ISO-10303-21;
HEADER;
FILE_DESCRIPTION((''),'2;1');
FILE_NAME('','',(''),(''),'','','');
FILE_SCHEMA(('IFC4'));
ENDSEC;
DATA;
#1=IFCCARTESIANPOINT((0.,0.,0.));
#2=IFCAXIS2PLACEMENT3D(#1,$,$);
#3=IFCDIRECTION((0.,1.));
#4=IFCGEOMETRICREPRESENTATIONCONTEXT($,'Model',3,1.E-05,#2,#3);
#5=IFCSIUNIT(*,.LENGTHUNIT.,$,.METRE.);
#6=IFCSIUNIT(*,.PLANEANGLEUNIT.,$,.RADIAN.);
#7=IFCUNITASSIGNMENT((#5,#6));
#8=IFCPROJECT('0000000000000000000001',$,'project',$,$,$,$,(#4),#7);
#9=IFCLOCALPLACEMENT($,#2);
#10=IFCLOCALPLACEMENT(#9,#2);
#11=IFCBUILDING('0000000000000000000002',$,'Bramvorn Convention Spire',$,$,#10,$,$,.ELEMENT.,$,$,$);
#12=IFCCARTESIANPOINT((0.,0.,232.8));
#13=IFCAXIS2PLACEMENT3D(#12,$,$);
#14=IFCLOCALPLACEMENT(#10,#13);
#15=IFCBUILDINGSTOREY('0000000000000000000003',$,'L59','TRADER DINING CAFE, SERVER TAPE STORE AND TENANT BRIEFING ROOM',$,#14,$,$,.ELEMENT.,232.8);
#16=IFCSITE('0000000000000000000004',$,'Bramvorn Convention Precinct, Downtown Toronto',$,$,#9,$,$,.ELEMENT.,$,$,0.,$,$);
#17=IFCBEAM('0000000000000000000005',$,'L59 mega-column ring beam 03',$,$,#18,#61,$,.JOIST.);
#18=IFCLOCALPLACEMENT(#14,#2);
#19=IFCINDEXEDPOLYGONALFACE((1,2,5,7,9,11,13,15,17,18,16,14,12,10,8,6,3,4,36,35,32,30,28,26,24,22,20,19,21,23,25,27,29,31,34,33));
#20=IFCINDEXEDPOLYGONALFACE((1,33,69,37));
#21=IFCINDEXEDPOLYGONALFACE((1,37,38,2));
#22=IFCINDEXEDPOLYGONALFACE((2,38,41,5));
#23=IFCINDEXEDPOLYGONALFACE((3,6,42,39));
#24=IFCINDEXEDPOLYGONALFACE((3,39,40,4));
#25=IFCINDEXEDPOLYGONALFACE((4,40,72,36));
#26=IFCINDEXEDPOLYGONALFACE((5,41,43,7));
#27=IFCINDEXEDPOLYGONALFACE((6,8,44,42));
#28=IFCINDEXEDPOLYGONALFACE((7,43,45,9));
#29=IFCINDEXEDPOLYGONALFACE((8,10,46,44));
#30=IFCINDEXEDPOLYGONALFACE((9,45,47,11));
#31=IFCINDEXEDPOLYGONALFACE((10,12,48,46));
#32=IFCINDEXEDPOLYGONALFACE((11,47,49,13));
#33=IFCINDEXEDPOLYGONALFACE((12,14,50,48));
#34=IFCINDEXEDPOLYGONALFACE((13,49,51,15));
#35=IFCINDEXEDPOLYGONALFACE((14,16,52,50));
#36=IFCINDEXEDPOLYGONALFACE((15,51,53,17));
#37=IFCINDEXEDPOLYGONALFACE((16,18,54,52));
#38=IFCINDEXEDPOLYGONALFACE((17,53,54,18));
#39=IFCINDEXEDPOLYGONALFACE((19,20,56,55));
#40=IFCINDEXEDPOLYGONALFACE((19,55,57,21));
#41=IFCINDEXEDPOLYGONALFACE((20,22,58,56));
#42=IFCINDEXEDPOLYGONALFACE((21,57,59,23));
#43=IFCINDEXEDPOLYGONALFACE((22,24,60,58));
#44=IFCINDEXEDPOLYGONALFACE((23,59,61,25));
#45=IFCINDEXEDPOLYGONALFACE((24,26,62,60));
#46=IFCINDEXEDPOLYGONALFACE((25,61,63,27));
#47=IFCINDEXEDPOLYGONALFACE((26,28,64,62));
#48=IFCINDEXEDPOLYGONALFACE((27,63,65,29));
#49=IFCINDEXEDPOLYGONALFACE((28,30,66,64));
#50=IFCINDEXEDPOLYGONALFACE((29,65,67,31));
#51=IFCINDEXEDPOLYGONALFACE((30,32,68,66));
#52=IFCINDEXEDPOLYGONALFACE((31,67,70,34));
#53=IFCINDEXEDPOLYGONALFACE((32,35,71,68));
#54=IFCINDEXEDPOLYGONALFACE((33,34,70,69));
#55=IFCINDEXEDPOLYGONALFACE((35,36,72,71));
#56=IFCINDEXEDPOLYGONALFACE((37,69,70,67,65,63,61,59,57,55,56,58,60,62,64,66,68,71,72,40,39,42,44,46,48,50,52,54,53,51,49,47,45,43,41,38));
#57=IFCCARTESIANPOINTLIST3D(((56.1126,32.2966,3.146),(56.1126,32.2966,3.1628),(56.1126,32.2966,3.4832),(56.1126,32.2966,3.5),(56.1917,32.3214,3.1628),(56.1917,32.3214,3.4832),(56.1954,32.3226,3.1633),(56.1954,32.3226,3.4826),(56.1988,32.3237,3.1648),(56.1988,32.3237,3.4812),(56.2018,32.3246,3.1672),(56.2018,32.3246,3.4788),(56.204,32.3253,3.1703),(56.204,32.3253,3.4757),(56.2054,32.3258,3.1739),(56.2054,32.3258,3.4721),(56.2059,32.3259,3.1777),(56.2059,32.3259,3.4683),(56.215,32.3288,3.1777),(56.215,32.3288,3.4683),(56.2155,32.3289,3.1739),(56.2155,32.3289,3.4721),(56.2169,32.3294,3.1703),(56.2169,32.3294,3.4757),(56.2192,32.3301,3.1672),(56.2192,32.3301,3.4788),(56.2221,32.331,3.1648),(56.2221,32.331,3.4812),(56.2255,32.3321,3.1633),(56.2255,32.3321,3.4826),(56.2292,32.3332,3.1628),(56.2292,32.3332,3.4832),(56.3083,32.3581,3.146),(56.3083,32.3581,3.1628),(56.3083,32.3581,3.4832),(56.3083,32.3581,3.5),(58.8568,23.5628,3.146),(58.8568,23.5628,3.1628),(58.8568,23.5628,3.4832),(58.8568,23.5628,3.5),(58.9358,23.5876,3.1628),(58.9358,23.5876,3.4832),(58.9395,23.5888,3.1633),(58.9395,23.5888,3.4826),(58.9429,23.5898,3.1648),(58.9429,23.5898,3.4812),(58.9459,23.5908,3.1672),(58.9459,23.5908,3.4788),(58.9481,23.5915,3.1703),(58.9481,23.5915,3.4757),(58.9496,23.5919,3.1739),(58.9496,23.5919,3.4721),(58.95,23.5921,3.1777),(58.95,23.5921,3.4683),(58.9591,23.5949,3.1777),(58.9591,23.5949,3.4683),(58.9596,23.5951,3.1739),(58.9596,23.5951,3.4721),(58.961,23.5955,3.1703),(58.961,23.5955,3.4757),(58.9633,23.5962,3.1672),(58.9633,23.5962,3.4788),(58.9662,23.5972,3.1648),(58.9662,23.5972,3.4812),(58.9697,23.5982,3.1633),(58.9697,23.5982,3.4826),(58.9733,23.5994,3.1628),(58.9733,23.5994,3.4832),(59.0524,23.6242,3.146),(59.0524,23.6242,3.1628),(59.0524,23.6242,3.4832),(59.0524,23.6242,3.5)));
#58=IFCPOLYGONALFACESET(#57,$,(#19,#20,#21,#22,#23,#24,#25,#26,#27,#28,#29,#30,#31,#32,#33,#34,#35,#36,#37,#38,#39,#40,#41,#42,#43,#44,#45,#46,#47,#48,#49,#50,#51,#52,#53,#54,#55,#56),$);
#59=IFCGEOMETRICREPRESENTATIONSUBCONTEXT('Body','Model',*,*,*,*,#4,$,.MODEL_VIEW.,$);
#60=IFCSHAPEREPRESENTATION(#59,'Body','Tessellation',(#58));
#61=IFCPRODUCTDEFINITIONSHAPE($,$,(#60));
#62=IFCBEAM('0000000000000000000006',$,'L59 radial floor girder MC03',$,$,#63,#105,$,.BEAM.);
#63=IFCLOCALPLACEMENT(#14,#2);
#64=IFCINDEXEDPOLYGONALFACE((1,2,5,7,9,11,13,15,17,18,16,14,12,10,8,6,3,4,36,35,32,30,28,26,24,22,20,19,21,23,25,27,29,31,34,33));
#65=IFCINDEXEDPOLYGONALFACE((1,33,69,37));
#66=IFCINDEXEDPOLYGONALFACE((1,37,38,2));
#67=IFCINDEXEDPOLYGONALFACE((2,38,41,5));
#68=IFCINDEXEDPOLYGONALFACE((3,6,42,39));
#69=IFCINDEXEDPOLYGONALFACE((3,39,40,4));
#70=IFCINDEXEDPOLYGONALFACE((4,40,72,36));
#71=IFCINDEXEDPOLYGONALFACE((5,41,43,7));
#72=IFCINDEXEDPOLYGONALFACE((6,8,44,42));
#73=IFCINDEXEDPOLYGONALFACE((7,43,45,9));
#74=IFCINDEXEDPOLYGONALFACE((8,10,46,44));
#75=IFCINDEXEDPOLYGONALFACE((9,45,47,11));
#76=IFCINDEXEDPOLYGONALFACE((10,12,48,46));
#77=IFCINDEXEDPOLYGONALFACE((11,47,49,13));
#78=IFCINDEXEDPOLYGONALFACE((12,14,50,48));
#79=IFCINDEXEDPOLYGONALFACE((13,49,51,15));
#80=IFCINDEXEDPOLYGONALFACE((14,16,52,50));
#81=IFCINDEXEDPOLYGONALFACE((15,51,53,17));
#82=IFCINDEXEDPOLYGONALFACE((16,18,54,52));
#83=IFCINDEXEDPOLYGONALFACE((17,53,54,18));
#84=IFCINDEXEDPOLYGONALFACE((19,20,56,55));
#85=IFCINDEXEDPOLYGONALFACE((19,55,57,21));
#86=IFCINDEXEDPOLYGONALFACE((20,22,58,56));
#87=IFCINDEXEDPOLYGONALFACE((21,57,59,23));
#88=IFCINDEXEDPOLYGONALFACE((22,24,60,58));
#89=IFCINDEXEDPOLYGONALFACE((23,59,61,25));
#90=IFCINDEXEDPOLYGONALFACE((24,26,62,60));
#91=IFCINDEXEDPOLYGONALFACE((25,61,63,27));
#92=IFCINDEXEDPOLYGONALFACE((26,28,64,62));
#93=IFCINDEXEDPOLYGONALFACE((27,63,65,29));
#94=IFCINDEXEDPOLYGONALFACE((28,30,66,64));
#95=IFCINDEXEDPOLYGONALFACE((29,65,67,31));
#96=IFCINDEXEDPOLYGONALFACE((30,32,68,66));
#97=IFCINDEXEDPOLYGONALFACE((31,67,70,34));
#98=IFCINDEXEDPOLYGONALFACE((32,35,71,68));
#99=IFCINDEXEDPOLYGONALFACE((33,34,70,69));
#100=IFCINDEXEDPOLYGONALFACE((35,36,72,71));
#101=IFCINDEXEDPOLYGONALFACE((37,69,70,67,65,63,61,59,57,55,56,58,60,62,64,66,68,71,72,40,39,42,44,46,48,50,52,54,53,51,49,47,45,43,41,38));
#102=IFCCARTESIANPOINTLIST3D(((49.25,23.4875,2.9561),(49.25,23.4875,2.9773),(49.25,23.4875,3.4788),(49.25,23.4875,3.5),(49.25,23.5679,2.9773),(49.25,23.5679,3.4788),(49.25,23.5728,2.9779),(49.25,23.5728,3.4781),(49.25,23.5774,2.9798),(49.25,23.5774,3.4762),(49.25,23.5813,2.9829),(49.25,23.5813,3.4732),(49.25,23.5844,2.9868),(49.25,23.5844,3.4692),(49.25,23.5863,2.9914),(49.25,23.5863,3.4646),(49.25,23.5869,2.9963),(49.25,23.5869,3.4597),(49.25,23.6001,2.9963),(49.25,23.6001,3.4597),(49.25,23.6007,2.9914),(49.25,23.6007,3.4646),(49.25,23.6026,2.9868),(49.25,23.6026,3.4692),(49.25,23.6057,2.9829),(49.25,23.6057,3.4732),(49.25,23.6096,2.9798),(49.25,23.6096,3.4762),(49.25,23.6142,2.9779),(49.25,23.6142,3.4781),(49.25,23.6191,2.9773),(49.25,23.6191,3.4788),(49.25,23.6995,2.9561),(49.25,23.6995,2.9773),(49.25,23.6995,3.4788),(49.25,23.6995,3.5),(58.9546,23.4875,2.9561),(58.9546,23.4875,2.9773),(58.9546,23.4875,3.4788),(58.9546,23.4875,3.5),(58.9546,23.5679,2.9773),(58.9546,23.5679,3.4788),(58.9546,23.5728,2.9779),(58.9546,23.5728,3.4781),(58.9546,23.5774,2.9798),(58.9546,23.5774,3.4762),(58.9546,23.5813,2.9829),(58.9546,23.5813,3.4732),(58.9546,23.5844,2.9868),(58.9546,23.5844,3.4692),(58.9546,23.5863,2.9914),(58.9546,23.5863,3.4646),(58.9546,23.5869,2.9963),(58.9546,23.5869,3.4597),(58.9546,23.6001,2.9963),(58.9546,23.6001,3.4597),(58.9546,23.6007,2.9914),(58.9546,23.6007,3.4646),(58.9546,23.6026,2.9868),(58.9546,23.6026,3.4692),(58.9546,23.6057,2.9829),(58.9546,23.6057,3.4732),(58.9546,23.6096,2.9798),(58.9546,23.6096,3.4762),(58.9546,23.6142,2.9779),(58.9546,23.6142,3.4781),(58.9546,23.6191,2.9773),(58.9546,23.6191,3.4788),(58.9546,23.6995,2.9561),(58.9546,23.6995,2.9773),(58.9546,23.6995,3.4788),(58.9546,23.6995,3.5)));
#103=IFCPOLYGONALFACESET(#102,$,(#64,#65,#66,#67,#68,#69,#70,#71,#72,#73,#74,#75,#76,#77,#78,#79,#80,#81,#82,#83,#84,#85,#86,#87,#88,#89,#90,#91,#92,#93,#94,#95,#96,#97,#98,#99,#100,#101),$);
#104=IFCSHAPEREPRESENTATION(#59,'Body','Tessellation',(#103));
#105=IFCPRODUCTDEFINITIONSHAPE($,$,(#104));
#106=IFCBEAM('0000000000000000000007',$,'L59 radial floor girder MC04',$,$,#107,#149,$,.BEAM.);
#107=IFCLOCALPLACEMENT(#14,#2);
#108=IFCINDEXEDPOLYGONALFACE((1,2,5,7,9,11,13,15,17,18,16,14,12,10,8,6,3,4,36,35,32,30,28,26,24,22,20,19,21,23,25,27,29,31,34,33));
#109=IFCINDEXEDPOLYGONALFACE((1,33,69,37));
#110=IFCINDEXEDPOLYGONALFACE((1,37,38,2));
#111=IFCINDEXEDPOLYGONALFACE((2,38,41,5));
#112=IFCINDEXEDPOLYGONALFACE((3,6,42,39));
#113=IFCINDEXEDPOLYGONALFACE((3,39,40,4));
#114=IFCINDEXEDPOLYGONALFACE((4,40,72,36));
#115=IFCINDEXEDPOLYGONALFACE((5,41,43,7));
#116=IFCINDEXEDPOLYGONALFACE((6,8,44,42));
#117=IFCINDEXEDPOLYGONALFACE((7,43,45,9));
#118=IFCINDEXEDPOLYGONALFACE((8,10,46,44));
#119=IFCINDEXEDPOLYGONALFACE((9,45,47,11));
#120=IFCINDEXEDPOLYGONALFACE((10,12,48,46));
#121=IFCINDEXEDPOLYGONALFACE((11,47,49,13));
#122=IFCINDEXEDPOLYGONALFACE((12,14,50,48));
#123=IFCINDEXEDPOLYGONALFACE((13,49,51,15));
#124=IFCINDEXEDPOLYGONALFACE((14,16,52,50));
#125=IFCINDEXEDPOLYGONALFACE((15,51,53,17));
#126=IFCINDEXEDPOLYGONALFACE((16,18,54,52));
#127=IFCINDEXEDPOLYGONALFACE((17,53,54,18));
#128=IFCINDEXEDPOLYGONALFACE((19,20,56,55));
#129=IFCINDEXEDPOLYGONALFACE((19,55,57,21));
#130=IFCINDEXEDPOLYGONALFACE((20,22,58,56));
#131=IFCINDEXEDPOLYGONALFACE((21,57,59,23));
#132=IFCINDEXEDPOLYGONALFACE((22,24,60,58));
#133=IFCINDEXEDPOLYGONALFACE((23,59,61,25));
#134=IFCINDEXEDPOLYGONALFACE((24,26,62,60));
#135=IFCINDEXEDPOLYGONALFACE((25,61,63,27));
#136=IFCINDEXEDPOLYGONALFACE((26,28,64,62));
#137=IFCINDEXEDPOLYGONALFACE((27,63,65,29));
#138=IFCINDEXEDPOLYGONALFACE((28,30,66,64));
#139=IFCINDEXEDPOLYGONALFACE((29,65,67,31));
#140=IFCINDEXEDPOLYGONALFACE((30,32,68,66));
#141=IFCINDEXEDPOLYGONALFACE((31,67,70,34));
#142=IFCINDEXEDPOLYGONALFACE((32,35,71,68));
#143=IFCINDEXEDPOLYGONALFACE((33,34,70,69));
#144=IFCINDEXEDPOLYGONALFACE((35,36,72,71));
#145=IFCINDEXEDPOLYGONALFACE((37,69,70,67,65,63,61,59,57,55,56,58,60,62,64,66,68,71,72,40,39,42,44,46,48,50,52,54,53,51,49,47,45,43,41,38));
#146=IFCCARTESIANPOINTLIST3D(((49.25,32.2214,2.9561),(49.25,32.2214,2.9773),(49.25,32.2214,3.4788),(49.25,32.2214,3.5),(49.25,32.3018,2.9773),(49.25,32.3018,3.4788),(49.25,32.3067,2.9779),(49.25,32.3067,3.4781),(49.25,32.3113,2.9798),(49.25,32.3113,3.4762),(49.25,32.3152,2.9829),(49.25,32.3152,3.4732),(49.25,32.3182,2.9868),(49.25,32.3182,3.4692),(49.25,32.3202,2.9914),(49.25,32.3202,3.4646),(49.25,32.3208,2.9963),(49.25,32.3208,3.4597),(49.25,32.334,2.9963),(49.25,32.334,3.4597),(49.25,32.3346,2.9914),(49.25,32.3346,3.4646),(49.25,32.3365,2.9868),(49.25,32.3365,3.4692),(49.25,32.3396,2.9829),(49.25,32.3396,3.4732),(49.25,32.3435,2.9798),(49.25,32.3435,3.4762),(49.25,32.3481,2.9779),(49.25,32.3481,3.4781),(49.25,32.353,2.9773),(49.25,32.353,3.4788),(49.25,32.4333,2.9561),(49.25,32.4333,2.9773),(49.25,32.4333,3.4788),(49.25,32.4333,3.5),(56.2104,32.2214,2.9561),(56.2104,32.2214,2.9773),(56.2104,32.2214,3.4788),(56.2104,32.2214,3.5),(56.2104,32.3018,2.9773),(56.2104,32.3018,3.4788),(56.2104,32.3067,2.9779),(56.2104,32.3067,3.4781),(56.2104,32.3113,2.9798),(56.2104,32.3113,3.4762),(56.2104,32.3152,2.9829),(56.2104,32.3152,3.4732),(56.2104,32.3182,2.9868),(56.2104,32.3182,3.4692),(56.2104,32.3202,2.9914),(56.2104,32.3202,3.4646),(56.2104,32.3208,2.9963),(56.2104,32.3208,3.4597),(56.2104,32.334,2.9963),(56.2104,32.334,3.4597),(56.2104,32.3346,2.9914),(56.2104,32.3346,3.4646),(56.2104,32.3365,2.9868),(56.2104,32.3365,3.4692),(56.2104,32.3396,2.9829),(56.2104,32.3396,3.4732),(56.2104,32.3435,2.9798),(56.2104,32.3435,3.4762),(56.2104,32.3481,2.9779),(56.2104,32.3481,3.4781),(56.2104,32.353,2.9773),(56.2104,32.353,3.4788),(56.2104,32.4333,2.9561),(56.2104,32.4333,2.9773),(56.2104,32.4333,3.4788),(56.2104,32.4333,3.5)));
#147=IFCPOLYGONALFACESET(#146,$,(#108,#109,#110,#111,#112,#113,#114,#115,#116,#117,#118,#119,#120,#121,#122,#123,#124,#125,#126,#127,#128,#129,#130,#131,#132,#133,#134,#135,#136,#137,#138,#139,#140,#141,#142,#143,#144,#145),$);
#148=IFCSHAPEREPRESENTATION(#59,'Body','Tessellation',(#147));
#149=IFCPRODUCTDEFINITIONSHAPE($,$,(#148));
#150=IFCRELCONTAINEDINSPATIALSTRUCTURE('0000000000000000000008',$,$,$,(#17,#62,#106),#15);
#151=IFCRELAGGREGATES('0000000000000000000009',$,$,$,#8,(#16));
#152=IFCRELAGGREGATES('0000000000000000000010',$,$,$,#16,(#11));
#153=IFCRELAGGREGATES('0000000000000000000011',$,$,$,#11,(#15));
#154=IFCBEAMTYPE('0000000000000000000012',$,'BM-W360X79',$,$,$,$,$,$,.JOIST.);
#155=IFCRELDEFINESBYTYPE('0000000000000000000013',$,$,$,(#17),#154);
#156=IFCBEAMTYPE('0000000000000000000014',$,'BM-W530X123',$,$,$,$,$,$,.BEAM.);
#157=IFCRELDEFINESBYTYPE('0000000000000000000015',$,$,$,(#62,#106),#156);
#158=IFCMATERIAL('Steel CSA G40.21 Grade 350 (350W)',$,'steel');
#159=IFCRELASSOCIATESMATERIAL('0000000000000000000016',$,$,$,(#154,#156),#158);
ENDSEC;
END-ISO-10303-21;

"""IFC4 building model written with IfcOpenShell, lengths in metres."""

from ifc_helpers import new_model, si_unit, direction, frame, origin, origin_2d, place, context, subcontext, project, spatial, i_section, extrude, material, material_profile, profile_set, type_object, element, save


model = new_model("IFC4")

# Units and contexts
model_context = context("Model", 3, precision=1e-05, world=origin(), true_north=direction((0.0, 1.0)))
body_context = subcontext(model_context, "Body", "Model", "MODEL_VIEW")
ifc_project = project(units=[si_unit("LENGTHUNIT", "METRE"), si_unit("PLANEANGLEUNIT", "RADIAN")], contexts=[model_context])

# Site, building, storey
site_placement = place(None, origin())
site = spatial("IfcSite", under=ifc_project, at=site_placement, Name="Bramvorn Convention Precinct, Downtown Toronto", CompositionType="ELEMENT", RefElevation=0.0)
building_placement = place(site_placement, origin())
building = spatial("IfcBuilding", under=site, at=building_placement, Name="Bramvorn Convention Spire", CompositionType="ELEMENT")
storey_placement = place(building_placement, frame((0.0, 0.0, 232.8)))
storey = spatial("IfcBuildingStorey", under=building, at=storey_placement, Name="L59", Description="TRADER DINING CAFE, SERVER TAPE STORE AND TENANT BRIEFING ROOM", CompositionType="ELEMENT", Elevation=232.8)

# Shared definitions
ifc_material_1 = material(Name="Steel CSA G40.21 Grade 350 (350W)", Category="steel")

# Beams
ifc_material_profile_1 = material_profile(ifc_material_1, i_section(OverallWidth=0.2051, OverallDepth=0.354, WebThickness=0.0095, FlangeThickness=0.0168, FilletRadius=0.0149, at=origin_2d()))
ifc_profile_set_1 = profile_set([ifc_material_profile_1], Name="Steel CSA G40.21 Grade 350 (350W) - W360X79")
beam_type_1 = type_object("IfcBeamType", Name="BM-W360X79", PredefinedType="JOIST", material=ifc_profile_set_1)
beam_1_placement = place(storey_placement, frame((58.9546, 23.5935, 3.323), z_axis=(-0.299748, 0.954019, 0.0), x_axis=(-0.954019, -0.299748, 0.0)))
element("IfcBeam", 1, at=beam_1_placement, inside=storey, type_object=beam_type_1, Name="L59 mega-column ring beam 03", PredefinedType="JOIST", context=body_context, shape_type="SweptSolid", body=[
    extrude(i_section(OverallWidth=0.2051, OverallDepth=0.354, WebThickness=0.0095, FlangeThickness=0.0168, FilletRadius=0.0149, at=origin_2d()), origin(), (0.0, 0.0, 1.0), 9.1548),
])
ifc_material_profile_2 = material_profile(ifc_material_1, i_section(OverallWidth=0.2119, OverallDepth=0.5439, WebThickness=0.0132, FlangeThickness=0.0212, FilletRadius=0.019, at=origin_2d()))
ifc_profile_set_2 = profile_set([ifc_material_profile_2], Name="Steel CSA G40.21 Grade 350 (350W) - W530X123")
beam_type_2 = type_object("IfcBeamType", Name="BM-W530X123", PredefinedType="BEAM", material=ifc_profile_set_2)
beam_2_placement = place(storey_placement, frame((49.25, 23.5935, 3.228), z_axis=(1.0, 0.0, 0.0), x_axis=(0.0, 1.0, 0.0)))
element("IfcBeam", 2, at=beam_2_placement, inside=storey, type_object=beam_type_2, Name="L59 radial floor girder MC03", PredefinedType="BEAM", context=body_context, shape_type="SweptSolid", body=[
    extrude(i_section(OverallWidth=0.2119, OverallDepth=0.5439, WebThickness=0.0132, FlangeThickness=0.0212, FilletRadius=0.019, at=origin_2d()), origin(), (0.0, 0.0, 1.0), 9.7046),
])
beam_3_placement = place(storey_placement, frame((49.25, 32.3274, 3.228), z_axis=(1.0, 0.0, 0.0), x_axis=(0.0, 1.0, 0.0)))
element("IfcBeam", 3, at=beam_3_placement, inside=storey, type_object=beam_type_2, Name="L59 radial floor girder MC04", PredefinedType="BEAM", context=body_context, shape_type="SweptSolid", body=[
    extrude(i_section(OverallWidth=0.2119, OverallDepth=0.5439, WebThickness=0.0132, FlangeThickness=0.0212, FilletRadius=0.019, at=origin_2d()), origin(), (0.0, 0.0, 1.0), 6.9604),
])

save(model, "model.ifc")
